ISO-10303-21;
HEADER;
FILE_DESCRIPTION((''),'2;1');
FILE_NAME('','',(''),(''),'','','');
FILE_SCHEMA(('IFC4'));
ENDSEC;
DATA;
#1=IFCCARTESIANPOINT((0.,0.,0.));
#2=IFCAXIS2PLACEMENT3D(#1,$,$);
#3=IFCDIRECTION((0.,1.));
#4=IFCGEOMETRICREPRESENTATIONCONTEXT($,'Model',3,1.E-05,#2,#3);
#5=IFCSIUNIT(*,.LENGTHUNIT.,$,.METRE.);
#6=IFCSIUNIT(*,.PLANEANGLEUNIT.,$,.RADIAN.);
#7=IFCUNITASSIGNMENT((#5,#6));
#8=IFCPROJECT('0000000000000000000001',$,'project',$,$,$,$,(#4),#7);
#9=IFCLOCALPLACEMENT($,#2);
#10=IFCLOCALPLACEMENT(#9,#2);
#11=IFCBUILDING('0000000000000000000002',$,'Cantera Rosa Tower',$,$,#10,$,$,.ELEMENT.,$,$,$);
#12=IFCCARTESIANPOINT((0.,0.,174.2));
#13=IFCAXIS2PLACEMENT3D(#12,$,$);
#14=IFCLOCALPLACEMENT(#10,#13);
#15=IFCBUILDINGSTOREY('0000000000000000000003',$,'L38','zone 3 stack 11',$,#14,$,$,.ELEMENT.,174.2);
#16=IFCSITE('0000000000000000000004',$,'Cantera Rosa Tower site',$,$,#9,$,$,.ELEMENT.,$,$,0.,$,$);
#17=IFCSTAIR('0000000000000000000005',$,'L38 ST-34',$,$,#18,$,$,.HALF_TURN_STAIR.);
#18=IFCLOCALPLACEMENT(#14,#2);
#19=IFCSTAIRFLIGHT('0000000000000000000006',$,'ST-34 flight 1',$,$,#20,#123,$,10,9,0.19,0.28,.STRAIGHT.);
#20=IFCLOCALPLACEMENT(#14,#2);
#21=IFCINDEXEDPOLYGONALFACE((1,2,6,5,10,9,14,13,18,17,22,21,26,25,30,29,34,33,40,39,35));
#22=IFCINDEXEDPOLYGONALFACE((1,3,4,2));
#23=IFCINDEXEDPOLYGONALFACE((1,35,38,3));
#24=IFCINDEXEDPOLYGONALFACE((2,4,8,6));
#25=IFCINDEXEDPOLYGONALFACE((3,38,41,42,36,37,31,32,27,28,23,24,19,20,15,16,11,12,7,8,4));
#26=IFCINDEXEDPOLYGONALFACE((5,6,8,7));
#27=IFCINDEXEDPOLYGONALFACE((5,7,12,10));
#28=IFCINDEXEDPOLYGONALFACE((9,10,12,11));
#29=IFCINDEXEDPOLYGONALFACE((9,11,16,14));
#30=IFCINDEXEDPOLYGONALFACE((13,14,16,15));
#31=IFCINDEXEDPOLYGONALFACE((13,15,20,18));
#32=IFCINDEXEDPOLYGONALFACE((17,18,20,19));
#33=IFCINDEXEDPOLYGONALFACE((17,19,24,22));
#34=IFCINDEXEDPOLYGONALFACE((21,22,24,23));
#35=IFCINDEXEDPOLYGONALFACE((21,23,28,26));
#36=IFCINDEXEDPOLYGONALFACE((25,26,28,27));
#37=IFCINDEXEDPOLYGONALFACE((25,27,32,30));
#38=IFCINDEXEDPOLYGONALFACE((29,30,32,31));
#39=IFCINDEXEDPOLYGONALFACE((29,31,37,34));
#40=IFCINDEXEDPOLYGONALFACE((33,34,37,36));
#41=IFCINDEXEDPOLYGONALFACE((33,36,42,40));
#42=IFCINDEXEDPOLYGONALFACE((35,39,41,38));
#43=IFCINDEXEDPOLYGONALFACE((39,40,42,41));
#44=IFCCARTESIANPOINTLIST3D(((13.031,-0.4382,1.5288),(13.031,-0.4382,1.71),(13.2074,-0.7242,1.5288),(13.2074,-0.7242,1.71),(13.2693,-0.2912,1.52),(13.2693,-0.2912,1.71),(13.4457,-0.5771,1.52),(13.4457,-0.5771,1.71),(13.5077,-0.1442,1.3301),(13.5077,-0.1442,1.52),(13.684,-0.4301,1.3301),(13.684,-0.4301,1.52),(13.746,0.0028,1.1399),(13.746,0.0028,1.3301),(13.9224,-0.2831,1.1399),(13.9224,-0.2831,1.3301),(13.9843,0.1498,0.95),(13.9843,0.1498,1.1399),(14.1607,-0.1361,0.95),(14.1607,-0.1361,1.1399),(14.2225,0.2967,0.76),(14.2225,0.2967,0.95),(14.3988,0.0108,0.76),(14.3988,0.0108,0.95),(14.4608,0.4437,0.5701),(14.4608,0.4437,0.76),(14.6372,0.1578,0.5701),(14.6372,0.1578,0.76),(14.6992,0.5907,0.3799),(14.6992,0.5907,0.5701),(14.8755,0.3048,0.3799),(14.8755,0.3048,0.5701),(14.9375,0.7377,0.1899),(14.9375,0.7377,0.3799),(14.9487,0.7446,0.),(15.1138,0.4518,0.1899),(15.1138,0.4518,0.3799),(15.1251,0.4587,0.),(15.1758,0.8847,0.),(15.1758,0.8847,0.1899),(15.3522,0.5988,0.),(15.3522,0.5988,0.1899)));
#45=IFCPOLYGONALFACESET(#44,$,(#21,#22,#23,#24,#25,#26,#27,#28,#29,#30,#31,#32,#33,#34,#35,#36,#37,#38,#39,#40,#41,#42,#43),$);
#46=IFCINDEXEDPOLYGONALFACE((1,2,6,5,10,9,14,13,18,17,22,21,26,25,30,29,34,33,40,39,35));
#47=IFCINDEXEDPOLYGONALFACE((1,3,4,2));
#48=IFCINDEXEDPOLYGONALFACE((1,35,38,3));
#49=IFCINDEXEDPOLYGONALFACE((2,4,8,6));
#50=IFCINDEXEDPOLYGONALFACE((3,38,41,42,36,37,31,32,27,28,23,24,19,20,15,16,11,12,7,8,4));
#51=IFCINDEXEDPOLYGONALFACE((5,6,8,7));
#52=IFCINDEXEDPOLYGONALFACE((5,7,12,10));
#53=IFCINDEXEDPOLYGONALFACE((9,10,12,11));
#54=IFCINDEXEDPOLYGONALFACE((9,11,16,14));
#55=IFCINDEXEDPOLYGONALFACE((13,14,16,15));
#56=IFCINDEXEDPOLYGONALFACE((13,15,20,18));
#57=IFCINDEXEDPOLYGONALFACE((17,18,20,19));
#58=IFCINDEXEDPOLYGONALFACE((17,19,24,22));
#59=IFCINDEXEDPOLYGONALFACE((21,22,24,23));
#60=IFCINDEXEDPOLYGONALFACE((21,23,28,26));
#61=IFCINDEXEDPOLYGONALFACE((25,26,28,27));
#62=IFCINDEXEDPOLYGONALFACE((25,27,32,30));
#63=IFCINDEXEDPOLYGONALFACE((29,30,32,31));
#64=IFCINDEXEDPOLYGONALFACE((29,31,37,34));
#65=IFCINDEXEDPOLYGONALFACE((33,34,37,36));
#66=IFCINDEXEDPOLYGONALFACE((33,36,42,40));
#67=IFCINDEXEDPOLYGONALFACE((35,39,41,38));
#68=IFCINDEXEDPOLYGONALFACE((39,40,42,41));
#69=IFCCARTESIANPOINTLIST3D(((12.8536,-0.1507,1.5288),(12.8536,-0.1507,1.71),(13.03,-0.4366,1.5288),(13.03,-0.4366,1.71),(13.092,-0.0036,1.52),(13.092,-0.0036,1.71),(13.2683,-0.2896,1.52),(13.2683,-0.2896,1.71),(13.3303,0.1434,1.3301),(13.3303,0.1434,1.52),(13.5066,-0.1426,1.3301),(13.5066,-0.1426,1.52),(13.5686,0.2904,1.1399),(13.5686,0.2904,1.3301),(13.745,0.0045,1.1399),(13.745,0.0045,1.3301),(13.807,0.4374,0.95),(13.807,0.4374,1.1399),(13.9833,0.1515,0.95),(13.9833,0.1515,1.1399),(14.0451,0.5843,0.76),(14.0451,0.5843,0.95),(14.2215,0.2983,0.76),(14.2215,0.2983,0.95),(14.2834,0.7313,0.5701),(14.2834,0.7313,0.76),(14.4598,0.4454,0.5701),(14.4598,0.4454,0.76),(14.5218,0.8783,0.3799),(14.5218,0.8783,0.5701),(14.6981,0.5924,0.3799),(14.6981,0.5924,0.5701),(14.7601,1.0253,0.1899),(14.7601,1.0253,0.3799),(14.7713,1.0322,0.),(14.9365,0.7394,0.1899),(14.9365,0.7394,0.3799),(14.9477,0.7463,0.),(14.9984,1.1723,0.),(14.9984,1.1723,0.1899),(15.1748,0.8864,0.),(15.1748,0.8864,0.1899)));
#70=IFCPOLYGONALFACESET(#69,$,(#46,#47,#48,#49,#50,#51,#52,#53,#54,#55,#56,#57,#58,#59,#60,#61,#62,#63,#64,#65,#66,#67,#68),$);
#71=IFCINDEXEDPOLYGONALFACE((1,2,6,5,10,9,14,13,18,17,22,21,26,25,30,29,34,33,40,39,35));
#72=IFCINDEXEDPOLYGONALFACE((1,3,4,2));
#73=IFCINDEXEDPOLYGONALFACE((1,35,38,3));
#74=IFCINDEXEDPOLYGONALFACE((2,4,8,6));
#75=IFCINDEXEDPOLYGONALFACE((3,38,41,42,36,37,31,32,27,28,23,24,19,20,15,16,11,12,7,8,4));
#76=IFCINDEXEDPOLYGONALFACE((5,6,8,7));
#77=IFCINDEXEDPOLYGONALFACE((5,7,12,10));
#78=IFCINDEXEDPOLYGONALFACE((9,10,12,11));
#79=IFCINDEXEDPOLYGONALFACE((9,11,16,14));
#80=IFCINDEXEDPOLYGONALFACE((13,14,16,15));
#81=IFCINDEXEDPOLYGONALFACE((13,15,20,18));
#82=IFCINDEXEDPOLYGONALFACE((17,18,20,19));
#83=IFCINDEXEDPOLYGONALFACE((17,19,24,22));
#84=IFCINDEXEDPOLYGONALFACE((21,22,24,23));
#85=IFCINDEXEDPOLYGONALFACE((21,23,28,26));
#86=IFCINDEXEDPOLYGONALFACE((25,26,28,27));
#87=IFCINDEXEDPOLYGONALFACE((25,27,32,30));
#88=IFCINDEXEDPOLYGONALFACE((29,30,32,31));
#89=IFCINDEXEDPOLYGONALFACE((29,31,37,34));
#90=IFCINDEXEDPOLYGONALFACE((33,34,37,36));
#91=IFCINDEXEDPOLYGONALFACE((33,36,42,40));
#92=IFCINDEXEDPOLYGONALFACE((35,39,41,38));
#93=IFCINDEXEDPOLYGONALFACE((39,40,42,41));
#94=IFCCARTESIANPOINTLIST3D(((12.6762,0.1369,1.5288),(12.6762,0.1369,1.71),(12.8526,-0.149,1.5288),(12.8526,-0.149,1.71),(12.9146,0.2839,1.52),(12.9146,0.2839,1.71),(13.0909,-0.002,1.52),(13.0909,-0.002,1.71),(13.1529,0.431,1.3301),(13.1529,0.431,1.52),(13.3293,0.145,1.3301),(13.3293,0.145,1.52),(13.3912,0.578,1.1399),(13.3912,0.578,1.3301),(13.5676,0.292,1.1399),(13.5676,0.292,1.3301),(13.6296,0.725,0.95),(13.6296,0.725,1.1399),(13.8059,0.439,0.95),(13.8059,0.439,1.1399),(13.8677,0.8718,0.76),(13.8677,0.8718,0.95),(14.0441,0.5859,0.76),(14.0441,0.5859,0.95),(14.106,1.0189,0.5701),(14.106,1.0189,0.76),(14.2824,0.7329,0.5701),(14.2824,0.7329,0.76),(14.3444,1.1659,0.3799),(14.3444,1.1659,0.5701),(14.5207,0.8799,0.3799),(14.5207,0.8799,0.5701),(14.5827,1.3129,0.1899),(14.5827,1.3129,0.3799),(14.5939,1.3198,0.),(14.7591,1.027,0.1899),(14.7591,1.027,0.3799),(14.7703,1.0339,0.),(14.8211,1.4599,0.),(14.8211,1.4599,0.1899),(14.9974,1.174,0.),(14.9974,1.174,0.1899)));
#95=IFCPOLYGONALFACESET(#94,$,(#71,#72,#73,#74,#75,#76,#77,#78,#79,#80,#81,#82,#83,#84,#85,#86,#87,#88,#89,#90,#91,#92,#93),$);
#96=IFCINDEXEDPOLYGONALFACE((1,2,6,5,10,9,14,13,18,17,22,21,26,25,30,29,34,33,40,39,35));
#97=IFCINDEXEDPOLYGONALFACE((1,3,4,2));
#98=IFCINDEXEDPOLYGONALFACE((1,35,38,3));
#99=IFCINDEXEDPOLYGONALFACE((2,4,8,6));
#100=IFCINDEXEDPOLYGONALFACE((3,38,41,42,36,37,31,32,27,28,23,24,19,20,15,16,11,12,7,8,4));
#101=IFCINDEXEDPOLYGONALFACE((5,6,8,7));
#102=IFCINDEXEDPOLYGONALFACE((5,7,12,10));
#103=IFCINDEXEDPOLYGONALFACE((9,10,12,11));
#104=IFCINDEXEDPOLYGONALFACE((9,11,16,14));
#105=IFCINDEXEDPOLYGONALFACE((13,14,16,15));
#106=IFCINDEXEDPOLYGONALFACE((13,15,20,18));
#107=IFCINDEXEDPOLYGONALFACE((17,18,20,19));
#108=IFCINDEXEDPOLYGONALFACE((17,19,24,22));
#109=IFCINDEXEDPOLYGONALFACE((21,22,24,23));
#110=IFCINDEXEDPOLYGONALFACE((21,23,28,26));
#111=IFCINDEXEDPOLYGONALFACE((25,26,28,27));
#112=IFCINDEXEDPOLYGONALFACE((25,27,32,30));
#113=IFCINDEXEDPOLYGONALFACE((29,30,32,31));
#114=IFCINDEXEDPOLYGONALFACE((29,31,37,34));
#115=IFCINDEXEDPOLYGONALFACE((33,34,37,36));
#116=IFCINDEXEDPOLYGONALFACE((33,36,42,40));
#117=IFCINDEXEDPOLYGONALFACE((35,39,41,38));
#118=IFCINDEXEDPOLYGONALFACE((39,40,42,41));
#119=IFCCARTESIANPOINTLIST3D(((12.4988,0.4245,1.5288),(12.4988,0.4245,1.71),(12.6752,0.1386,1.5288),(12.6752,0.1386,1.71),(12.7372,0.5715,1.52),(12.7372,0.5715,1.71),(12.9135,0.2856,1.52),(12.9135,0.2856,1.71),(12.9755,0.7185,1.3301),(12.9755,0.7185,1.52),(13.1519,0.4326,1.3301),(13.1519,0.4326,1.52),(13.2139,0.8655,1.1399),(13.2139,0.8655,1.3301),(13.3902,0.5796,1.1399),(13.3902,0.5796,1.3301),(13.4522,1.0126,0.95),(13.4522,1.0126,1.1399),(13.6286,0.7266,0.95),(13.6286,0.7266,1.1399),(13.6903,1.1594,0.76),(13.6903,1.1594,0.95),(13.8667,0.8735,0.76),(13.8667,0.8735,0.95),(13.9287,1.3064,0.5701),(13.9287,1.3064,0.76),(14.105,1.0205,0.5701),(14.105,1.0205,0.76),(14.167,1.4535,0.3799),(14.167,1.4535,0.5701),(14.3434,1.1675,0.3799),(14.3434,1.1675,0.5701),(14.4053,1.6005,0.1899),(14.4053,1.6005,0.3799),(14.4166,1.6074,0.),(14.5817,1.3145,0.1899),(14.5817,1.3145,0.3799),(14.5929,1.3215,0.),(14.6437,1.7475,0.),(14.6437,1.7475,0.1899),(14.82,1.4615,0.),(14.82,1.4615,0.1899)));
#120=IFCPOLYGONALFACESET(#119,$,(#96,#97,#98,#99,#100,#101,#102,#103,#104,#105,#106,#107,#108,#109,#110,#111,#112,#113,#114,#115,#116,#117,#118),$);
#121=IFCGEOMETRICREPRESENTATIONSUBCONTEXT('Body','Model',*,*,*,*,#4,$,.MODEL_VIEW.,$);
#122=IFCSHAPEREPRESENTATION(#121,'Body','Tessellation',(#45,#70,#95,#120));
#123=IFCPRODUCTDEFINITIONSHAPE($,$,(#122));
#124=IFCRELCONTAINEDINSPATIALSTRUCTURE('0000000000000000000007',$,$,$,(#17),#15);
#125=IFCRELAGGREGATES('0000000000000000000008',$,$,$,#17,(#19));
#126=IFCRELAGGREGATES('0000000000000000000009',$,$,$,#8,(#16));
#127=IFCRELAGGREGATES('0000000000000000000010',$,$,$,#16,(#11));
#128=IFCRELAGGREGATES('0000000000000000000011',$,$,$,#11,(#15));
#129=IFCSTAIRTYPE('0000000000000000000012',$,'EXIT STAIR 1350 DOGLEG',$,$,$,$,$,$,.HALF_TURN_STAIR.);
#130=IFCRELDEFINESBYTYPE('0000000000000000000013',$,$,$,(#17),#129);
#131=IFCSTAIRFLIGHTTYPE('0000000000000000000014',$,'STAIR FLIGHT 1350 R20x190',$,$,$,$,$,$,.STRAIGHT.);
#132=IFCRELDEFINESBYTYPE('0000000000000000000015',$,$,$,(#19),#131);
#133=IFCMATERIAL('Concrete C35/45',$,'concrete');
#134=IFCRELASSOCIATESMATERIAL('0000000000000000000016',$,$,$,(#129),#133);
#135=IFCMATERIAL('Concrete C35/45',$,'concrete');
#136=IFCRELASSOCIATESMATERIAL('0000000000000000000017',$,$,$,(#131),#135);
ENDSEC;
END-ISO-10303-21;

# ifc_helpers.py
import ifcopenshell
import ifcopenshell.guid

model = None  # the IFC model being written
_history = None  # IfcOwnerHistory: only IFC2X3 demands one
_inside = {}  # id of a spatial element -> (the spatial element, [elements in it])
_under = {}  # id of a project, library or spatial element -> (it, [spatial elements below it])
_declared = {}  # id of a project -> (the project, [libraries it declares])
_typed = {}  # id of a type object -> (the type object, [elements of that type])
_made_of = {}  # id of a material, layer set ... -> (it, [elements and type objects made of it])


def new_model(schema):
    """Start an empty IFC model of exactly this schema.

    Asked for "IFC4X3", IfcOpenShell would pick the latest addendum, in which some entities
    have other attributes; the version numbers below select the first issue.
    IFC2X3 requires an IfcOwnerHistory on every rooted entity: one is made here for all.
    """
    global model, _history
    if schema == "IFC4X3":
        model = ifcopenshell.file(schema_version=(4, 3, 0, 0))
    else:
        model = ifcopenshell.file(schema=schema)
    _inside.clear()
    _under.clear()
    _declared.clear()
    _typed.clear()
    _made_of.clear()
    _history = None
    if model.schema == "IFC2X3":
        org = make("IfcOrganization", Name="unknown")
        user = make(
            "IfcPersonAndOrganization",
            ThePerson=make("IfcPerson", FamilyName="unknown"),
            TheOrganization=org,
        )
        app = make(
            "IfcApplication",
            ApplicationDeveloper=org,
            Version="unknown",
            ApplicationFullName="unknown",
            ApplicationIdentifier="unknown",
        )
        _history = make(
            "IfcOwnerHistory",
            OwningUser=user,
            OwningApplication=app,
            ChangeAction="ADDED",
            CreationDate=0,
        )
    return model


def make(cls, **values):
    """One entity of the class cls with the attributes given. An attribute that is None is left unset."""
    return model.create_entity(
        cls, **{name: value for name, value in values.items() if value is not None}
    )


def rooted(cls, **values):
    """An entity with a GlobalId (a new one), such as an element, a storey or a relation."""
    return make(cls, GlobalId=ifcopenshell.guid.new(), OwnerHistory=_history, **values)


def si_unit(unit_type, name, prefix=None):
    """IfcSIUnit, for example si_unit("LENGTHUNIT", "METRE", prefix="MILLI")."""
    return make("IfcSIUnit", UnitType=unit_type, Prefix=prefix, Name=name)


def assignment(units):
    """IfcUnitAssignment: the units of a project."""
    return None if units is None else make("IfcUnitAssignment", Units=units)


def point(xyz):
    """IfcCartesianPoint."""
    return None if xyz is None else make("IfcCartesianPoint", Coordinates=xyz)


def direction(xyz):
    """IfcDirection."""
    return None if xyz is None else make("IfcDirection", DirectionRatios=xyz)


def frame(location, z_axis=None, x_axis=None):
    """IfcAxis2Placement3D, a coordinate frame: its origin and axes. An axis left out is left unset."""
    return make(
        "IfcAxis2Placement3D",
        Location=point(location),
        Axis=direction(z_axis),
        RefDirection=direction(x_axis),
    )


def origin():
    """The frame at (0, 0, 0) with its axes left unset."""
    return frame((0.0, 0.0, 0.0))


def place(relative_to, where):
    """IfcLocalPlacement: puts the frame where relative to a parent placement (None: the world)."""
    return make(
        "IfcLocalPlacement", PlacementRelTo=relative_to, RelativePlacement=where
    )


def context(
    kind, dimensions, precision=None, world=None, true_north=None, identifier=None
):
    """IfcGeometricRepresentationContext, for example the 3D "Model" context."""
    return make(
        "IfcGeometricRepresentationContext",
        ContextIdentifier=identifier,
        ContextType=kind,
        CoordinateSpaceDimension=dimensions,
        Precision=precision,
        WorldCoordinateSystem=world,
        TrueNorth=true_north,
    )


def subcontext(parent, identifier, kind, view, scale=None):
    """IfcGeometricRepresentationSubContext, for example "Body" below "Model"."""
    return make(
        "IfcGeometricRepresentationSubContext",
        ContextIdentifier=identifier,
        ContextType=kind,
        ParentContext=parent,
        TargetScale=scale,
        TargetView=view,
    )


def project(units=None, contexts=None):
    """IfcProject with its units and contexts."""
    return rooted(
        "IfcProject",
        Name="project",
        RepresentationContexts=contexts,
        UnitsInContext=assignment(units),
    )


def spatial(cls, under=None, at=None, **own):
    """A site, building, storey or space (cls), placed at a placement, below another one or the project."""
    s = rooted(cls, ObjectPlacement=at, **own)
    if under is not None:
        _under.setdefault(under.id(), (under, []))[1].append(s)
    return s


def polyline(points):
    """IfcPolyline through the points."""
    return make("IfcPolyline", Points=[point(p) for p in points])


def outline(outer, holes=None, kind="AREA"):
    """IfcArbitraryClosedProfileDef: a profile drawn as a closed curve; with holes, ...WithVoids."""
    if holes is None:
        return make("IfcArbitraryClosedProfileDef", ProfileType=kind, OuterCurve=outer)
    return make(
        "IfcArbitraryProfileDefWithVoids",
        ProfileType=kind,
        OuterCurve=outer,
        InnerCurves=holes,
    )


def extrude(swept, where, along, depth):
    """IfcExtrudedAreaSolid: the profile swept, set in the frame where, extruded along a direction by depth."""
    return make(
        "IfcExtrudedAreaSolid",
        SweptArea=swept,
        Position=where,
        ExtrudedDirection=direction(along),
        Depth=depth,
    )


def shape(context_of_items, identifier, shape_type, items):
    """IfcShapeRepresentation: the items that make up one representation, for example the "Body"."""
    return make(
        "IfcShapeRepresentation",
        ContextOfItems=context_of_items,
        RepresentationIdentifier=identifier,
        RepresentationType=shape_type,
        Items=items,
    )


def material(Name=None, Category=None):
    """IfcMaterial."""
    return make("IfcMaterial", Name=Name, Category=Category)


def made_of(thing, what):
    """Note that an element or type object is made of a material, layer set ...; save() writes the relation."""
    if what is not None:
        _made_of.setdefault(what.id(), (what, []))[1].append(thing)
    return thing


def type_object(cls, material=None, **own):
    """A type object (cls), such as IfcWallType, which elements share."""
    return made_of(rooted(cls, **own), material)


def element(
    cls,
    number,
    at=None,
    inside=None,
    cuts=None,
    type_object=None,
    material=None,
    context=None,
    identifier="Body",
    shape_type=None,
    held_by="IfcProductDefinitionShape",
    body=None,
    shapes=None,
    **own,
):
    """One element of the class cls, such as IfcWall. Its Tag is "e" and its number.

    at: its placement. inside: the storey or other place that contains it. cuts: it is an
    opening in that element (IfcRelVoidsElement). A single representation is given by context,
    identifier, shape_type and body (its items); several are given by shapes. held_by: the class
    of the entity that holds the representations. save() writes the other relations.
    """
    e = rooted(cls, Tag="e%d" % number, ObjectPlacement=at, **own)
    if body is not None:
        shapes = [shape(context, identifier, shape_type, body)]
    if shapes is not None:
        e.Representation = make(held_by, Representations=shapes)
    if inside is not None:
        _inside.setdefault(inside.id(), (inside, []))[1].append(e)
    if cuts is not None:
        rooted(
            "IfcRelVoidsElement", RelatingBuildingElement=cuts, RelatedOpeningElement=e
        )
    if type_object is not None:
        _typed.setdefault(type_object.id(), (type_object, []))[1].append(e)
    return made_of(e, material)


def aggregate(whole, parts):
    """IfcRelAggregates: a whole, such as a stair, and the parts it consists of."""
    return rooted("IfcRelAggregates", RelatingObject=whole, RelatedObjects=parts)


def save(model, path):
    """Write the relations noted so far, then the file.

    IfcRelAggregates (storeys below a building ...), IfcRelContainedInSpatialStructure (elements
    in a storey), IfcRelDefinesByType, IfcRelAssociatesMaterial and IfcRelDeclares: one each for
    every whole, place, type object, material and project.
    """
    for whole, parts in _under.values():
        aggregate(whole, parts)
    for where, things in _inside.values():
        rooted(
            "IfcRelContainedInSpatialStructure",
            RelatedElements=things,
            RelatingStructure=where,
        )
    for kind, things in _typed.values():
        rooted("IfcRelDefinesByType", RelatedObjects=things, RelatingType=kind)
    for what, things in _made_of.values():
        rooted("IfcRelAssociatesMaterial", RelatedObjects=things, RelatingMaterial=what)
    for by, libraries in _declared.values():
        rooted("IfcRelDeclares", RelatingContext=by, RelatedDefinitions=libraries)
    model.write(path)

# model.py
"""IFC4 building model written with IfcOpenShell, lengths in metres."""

from ifc_helpers import new_model, si_unit, direction, frame, origin, place, context, subcontext, project, spatial, polyline, outline, extrude, material, type_object, element, aggregate, save


model = new_model("IFC4")

# Units and contexts
model_context = context("Model", 3, precision=1e-05, world=origin(), true_north=direction((0.0, 1.0)))
body_context = subcontext(model_context, "Body", "Model", "MODEL_VIEW")
ifc_project = project(units=[si_unit("LENGTHUNIT", "METRE"), si_unit("PLANEANGLEUNIT", "RADIAN")], contexts=[model_context])

# Site, building, storey
site_placement = place(None, origin())
site = spatial("IfcSite", under=ifc_project, at=site_placement, Name="Cantera Rosa Tower site", CompositionType="ELEMENT", RefElevation=0.0)
building_placement = place(site_placement, origin())
building = spatial("IfcBuilding", under=site, at=building_placement, Name="Cantera Rosa Tower", CompositionType="ELEMENT")
storey_placement = place(building_placement, frame((0.0, 0.0, 174.2)))
storey = spatial("IfcBuildingStorey", under=building, at=storey_placement, Name="L38", Description="zone 3 stack 11", CompositionType="ELEMENT", Elevation=174.2)

# Stair, stair flight
ifc_material_1 = material(Name="Concrete C35/45", Category="concrete")
stair_type = type_object("IfcStairType", Name="EXIT STAIR 1350 DOGLEG", PredefinedType="HALF_TURN_STAIR", material=ifc_material_1)
stair_placement = place(storey_placement, origin())
stair = element("IfcStair", 1, at=stair_placement, inside=storey, type_object=stair_type, Name="L38 ST-34", PredefinedType="HALF_TURN_STAIR")
ifc_material_2 = material(Name="Concrete C35/45", Category="concrete")
stair_flight_type = type_object("IfcStairFlightType", Name="STAIR FLIGHT 1350 R20x190", PredefinedType="STRAIGHT", material=ifc_material_2)
stair_flight_placement = place(storey_placement, frame((14.9978, 1.1733, 0.0), z_axis=(0.0, 0.0, 1.0), x_axis=(-0.851117, -0.524977, 0.0)))
stair_flight = element("IfcStairFlight", 2, at=stair_flight_placement, type_object=stair_flight_type, Name="ST-34 flight 1", NumberOfRisers=10, NumberOfTreads=9, PredefinedType="STRAIGHT", RiserHeight=0.19, TreadLength=0.28, context=body_context, shape_type="SweptSolid", body=[
    extrude(outline(polyline([(0.0, 0.0), (0.0, 0.1899), (0.28, 0.1899), (0.28, 0.3799), (0.5601, 0.3799), (0.5601, 0.5701), (0.8401, 0.5701), (0.8401, 0.76), (1.1201, 0.76), (1.1201, 0.95), (1.3999, 0.95), (1.3999, 1.1399), (1.6799, 1.1399), (1.6799, 1.3301), (1.96, 1.3301), (1.96, 1.52), (2.24, 1.52), (2.24, 1.71), (2.52, 1.71), (2.52, 1.8999), (2.52, 1.5288), (0.2668, 0.0), (0.0, 0.0)])), frame((0.0, 0.675, 0.0), z_axis=(0.0, -1.0, 0.0), x_axis=(1.0, 0.0, 0.0)), (0.0, 0.0, 1.0), 0.3359),
    extrude(outline(polyline([(0.0, 0.0), (0.0, 0.1899), (0.28, 0.1899), (0.28, 0.3799), (0.5601, 0.3799), (0.5601, 0.5701), (0.8401, 0.5701), (0.8401, 0.76), (1.1201, 0.76), (1.1201, 0.95), (1.3999, 0.95), (1.3999, 1.1399), (1.6799, 1.1399), (1.6799, 1.3301), (1.96, 1.3301), (1.96, 1.52), (2.24, 1.52), (2.24, 1.71), (2.52, 1.71), (2.52, 1.8999), (2.52, 1.5288), (0.2668, 0.0), (0.0, 0.0)])), frame((0.0, 0.3372, 0.0), z_axis=(0.0, -1.0, 0.0), x_axis=(1.0, 0.0, 0.0)), (0.0, 0.0, 1.0), 0.3359),
    extrude(outline(polyline([(0.0, 0.0), (0.0, 0.1899), (0.28, 0.1899), (0.28, 0.3799), (0.5601, 0.3799), (0.5601, 0.5701), (0.8401, 0.5701), (0.8401, 0.76), (1.1201, 0.76), (1.1201, 0.95), (1.3999, 0.95), (1.3999, 1.1399), (1.6799, 1.1399), (1.6799, 1.3301), (1.96, 1.3301), (1.96, 1.52), (2.24, 1.52), (2.24, 1.71), (2.52, 1.71), (2.52, 1.8999), (2.52, 1.5288), (0.2668, 0.0), (0.0, 0.0)])), frame((0.0, -0.0007, 0.0), z_axis=(0.0, -1.0, 0.0), x_axis=(1.0, 0.0, 0.0)), (0.0, 0.0, 1.0), 0.3359),
    extrude(outline(polyline([(0.0, 0.0), (0.0, 0.1899), (0.28, 0.1899), (0.28, 0.3799), (0.5601, 0.3799), (0.5601, 0.5701), (0.8401, 0.5701), (0.8401, 0.76), (1.1201, 0.76), (1.1201, 0.95), (1.3999, 0.95), (1.3999, 1.1399), (1.6799, 1.1399), (1.6799, 1.3301), (1.96, 1.3301), (1.96, 1.52), (2.24, 1.52), (2.24, 1.71), (2.52, 1.71), (2.52, 1.8999), (2.52, 1.5288), (0.2668, 0.0), (0.0, 0.0)])), frame((0.0, -0.3386, 0.0), z_axis=(0.0, -1.0, 0.0), x_axis=(1.0, 0.0, 0.0)), (0.0, 0.0, 1.0), 0.3359),
])
aggregate(stair, [stair_flight])

save(model, "model.ifc")
